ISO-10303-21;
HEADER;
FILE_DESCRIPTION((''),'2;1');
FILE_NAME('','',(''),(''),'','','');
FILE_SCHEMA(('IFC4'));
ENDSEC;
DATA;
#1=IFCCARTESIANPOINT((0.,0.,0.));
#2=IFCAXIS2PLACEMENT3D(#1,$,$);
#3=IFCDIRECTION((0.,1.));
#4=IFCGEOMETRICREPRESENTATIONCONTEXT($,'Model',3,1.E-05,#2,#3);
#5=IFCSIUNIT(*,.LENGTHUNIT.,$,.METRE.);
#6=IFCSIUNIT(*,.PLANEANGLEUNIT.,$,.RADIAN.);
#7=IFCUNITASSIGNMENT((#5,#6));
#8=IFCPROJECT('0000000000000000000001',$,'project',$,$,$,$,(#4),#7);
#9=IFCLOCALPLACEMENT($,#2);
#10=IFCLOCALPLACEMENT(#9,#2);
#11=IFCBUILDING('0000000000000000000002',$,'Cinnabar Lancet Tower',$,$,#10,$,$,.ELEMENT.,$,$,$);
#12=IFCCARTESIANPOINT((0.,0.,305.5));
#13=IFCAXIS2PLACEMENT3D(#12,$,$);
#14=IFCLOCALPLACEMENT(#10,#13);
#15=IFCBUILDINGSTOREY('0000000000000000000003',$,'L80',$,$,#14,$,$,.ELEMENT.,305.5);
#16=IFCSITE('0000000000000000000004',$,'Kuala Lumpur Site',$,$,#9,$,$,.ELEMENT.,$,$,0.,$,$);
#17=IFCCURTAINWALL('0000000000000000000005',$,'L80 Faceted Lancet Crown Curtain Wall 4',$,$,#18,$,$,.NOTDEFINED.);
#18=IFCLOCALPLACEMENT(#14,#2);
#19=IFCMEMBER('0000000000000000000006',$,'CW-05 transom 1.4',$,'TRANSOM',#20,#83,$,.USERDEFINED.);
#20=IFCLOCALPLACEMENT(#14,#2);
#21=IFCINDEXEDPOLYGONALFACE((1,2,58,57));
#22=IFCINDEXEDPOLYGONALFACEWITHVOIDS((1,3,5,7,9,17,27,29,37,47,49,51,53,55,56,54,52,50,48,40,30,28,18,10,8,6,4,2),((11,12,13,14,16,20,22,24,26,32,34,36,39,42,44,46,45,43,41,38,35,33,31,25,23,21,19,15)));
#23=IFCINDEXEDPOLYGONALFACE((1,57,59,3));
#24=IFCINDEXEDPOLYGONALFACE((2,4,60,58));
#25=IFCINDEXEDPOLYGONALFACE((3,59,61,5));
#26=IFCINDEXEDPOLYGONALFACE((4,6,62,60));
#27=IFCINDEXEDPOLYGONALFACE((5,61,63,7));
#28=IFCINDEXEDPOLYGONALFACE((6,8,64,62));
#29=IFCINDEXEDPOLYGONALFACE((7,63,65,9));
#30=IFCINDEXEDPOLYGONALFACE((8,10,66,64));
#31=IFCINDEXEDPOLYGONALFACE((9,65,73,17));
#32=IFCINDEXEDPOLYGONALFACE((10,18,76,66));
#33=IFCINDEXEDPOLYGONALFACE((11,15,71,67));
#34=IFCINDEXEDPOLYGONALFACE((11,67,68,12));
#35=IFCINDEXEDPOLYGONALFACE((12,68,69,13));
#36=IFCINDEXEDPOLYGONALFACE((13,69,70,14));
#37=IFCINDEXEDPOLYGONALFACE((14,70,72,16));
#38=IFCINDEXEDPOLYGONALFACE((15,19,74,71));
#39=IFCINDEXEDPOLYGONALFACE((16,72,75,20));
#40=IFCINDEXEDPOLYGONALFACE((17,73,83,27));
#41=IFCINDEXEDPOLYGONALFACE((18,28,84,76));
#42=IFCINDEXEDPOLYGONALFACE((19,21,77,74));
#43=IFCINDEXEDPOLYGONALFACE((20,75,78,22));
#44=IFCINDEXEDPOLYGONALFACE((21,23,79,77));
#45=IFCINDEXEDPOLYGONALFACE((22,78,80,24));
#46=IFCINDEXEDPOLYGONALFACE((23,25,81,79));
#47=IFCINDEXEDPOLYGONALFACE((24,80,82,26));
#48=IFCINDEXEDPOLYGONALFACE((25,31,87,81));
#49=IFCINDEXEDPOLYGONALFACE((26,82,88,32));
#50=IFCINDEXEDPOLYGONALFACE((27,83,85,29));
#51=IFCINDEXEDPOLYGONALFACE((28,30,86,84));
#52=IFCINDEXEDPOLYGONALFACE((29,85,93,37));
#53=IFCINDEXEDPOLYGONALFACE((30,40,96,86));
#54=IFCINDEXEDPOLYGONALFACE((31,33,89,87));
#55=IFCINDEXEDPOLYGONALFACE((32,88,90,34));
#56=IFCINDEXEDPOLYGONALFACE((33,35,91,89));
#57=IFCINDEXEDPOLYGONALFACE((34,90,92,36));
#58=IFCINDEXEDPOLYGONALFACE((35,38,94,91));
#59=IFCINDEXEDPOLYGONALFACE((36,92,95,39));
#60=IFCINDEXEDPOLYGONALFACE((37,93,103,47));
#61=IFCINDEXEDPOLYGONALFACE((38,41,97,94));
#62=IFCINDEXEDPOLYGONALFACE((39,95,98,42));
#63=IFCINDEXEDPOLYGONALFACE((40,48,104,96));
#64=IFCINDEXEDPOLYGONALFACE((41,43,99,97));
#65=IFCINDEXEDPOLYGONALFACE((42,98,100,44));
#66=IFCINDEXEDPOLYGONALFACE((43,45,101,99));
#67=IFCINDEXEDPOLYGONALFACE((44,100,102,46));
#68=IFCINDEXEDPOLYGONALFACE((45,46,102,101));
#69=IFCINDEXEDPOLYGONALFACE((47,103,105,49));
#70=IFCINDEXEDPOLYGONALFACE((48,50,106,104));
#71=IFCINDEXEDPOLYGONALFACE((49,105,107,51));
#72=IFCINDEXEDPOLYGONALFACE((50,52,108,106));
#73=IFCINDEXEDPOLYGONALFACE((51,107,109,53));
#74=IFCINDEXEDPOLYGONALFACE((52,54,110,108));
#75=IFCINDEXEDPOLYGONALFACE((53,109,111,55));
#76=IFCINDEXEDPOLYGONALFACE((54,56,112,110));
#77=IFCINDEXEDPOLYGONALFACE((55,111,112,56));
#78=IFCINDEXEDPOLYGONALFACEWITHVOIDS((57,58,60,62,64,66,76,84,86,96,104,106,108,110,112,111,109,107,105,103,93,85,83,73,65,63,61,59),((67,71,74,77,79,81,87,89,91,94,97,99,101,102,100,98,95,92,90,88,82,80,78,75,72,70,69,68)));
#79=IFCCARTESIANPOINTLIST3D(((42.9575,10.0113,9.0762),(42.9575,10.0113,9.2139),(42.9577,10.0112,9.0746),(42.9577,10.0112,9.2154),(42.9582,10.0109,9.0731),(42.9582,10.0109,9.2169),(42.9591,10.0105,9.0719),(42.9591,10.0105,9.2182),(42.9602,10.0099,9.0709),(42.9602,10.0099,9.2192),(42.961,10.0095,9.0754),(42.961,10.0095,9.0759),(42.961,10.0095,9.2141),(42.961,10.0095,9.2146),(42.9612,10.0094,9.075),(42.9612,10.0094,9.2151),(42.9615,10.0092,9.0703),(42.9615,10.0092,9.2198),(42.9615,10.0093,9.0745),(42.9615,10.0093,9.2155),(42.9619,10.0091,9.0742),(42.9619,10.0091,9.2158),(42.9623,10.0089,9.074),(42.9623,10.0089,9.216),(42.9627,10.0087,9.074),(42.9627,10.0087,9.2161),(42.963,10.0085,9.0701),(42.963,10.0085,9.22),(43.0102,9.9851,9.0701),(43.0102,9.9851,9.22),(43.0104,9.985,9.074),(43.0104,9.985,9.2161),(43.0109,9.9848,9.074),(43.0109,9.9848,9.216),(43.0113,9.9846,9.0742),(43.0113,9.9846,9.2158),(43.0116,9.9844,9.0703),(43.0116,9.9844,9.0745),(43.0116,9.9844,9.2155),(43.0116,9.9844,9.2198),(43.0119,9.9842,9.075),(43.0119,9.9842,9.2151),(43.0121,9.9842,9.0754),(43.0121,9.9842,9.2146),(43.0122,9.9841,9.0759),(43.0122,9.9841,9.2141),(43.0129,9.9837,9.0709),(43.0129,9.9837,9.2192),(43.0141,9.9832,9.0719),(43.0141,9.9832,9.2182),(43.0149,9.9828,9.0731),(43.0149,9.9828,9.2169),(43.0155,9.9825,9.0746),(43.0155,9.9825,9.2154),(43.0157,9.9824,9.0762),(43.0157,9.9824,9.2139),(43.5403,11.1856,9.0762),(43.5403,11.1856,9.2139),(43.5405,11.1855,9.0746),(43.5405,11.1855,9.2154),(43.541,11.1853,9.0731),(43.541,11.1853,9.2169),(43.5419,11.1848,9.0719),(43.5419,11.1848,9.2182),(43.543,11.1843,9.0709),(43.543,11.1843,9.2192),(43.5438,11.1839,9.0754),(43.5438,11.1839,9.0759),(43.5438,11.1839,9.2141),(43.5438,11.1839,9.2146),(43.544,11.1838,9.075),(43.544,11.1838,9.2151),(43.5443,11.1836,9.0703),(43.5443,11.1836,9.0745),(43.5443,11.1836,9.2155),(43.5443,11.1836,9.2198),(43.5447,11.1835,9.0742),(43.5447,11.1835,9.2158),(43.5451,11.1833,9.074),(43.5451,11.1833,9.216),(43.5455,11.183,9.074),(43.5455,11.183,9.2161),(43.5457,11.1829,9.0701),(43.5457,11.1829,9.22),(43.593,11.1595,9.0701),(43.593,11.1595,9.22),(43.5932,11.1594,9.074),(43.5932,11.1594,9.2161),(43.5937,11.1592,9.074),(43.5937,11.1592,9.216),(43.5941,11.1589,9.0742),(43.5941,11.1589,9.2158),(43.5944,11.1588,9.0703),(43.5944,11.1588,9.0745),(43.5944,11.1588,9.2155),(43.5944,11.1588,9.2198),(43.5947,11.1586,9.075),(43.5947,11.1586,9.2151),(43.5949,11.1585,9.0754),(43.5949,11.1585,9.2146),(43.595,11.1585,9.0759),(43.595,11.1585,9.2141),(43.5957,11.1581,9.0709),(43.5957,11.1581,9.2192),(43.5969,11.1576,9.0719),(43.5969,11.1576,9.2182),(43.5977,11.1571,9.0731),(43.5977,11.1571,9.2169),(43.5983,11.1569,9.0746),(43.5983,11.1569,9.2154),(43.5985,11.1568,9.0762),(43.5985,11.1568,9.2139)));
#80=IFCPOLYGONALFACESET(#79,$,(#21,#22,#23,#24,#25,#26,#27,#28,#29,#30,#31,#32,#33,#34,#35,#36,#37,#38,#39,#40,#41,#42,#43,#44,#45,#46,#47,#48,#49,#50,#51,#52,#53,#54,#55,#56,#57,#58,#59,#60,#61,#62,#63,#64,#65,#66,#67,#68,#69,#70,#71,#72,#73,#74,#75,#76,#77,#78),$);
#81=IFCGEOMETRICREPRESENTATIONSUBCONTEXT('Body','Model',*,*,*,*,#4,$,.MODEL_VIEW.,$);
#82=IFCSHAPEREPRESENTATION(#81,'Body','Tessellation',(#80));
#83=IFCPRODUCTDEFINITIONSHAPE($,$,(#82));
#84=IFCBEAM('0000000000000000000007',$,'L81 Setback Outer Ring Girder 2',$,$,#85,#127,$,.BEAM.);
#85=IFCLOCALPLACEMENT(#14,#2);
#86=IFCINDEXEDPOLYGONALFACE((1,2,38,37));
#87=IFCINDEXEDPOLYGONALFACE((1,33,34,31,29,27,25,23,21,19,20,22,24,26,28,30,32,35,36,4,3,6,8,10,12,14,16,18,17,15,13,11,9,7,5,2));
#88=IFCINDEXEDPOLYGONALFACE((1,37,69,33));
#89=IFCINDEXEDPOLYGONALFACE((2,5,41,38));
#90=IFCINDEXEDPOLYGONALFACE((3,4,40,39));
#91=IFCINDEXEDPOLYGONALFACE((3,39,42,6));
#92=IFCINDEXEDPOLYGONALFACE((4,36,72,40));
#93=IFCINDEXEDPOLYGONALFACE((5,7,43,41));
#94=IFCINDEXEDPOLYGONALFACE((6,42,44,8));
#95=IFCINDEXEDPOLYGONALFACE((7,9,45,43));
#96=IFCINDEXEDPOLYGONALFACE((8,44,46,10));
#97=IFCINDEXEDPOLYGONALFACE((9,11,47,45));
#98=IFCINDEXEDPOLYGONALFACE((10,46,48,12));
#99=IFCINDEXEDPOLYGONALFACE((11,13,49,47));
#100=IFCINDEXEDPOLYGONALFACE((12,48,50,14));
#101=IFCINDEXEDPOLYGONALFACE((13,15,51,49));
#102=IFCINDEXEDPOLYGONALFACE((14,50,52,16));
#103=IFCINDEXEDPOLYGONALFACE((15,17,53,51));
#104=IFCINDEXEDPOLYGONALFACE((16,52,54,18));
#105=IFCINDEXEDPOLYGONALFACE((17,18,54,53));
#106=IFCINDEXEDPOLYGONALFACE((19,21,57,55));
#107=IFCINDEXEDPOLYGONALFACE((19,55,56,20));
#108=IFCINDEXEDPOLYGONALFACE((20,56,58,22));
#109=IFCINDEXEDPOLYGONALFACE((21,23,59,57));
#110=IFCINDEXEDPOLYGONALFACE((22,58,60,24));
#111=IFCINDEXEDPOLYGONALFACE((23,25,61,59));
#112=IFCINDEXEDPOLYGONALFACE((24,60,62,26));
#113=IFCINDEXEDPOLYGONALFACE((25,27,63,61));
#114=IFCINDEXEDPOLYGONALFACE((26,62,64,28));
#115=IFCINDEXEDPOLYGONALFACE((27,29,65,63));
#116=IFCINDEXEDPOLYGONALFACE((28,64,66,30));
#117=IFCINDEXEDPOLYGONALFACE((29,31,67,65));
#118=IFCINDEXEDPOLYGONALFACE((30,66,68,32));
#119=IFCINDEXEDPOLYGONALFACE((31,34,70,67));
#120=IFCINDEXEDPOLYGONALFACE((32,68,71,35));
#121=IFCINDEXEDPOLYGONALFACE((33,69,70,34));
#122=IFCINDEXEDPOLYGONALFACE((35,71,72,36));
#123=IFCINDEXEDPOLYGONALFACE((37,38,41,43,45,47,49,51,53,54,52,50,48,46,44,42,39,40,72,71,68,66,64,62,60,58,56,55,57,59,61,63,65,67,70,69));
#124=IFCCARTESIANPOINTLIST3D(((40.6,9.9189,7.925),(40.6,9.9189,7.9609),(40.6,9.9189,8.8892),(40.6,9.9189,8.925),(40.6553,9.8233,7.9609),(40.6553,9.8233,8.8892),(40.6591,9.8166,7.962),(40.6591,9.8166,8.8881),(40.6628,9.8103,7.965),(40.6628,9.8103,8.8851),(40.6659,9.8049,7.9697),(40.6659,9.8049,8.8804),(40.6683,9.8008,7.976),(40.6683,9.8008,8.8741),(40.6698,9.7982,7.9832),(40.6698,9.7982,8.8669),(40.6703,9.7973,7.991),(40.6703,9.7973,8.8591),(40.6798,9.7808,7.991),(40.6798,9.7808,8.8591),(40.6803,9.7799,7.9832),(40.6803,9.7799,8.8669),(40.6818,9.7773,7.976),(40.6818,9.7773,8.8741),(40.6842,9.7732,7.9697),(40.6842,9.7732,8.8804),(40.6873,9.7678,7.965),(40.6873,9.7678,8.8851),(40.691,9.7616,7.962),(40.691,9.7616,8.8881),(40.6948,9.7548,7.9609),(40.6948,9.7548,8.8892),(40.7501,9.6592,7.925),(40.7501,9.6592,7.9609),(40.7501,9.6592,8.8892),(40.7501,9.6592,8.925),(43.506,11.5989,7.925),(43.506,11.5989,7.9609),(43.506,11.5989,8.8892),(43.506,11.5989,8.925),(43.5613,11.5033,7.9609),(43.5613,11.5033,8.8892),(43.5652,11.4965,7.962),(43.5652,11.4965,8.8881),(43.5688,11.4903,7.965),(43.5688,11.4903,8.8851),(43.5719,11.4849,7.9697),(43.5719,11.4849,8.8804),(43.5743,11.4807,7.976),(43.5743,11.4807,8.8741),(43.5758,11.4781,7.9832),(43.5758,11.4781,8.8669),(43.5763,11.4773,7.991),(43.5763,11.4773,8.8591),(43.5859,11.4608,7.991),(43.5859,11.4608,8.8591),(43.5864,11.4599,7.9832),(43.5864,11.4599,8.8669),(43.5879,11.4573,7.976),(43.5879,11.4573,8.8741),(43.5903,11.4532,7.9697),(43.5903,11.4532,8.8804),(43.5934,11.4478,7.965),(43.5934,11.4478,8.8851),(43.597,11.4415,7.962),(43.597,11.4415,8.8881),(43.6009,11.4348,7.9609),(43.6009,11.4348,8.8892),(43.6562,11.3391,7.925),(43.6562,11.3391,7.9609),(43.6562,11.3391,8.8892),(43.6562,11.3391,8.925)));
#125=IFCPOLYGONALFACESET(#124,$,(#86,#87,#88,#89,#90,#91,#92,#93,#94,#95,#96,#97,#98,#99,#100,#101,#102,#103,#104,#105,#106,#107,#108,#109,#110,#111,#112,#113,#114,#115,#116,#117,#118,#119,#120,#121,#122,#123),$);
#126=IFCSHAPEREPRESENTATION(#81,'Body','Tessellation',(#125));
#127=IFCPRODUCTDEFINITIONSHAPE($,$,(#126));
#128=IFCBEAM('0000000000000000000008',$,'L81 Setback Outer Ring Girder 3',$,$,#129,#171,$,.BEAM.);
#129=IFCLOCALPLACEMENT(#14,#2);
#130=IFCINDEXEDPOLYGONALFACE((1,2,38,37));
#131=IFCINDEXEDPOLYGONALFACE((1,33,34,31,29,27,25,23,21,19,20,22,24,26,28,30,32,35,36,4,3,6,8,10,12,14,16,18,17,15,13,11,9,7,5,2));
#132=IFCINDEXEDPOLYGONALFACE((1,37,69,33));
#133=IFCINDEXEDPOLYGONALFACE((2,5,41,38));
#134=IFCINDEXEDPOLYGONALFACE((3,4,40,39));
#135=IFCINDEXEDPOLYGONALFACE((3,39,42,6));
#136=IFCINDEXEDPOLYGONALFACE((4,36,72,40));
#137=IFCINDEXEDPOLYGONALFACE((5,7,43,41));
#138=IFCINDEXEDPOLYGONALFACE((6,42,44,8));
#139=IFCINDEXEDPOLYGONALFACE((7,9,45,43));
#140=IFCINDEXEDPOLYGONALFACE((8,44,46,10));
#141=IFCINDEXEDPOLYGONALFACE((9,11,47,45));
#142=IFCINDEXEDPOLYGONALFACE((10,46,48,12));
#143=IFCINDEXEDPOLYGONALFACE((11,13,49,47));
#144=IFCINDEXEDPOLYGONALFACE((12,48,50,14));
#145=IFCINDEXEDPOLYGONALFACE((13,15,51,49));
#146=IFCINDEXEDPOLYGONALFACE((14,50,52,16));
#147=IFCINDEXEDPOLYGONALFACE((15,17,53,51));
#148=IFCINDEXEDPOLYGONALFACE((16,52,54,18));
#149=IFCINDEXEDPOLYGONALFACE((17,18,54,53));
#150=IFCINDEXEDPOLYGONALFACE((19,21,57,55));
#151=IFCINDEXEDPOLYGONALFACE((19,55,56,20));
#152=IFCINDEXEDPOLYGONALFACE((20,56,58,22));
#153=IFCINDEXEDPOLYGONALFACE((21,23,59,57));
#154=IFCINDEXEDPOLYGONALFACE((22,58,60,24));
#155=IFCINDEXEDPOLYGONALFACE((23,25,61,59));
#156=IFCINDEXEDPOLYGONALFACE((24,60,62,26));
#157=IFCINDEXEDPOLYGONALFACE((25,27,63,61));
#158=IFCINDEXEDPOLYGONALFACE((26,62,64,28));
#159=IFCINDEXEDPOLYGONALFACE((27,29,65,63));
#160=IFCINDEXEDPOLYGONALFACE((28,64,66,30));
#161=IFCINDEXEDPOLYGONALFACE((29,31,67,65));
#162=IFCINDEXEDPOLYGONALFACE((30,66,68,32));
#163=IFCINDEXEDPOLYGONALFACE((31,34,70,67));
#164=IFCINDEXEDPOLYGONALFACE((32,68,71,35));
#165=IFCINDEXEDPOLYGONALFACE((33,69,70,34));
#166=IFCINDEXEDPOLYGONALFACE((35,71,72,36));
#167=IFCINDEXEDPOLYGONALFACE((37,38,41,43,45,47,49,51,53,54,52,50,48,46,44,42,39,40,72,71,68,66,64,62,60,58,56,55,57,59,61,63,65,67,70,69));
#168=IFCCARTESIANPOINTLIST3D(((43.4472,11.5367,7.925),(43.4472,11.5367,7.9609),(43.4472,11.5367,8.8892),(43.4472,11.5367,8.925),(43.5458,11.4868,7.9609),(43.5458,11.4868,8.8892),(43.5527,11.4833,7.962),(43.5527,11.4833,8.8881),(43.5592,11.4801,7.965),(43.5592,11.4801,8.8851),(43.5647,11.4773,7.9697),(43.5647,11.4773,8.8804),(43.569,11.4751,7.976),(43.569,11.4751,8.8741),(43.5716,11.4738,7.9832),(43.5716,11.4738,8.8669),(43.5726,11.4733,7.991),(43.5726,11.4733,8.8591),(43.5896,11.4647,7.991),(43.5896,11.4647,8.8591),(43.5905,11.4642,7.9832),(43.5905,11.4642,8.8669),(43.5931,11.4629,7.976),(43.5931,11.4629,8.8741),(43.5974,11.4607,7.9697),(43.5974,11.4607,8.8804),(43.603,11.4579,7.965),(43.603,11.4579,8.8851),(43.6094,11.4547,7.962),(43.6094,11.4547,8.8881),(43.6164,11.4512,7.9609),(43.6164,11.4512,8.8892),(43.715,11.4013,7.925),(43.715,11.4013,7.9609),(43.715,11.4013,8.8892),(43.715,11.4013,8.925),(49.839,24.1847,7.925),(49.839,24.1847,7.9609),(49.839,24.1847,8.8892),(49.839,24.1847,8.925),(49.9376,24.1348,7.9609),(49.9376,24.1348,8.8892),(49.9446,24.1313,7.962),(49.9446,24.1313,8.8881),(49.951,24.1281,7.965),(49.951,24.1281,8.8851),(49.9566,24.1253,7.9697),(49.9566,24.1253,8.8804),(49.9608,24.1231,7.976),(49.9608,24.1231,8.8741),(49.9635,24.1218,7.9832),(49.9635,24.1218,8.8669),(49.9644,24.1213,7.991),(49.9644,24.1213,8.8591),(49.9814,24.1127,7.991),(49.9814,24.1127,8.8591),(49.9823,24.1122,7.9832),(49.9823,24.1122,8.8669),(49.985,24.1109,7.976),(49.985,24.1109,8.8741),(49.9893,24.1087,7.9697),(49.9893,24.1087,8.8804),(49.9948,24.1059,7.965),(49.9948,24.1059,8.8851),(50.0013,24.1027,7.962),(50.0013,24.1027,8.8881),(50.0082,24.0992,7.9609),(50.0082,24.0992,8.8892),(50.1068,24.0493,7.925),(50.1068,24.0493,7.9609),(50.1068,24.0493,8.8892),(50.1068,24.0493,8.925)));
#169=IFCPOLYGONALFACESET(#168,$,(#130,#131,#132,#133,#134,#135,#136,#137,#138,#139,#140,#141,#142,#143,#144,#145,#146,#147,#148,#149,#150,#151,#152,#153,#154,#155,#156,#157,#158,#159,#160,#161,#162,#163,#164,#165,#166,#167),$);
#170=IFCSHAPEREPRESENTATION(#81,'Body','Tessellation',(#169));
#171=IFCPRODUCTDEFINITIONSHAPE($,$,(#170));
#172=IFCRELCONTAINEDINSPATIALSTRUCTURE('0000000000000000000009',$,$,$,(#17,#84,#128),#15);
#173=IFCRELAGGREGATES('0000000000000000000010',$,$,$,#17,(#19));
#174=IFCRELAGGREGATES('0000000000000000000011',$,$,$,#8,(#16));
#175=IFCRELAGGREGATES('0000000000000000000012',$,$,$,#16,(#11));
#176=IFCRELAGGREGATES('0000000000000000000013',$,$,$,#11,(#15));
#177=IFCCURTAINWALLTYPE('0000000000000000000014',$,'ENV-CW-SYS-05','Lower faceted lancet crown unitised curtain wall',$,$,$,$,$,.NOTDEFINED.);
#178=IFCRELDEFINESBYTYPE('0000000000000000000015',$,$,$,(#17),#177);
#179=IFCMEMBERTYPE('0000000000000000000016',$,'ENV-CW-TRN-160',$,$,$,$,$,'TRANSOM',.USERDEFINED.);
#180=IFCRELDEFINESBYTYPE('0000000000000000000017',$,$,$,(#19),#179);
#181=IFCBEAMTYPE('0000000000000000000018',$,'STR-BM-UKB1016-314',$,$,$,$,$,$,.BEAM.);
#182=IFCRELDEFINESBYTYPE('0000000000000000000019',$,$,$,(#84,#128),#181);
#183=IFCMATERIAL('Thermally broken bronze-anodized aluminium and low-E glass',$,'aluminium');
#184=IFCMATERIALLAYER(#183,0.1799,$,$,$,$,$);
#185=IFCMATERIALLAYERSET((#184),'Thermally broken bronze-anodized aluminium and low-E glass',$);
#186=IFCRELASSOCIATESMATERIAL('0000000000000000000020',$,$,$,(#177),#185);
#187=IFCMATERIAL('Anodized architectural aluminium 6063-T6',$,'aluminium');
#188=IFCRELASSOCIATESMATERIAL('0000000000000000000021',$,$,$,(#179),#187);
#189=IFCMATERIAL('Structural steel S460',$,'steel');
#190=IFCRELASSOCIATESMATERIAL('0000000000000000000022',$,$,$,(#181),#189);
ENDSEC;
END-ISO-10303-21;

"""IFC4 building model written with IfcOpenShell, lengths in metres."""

from ifc_helpers import new_model, si_unit, direction, frame, origin, origin_2d, place, context, subcontext, project, spatial, hollow_rectangle, i_section, extrude, material, layer, layer_set, material_profile, profile_set, type_object, element, aggregate, save


model = new_model("IFC4")

# Units and contexts
model_context = context("Model", 3, precision=1e-05, world=origin(), true_north=direction((0.0, 1.0)))
body_context = subcontext(model_context, "Body", "Model", "MODEL_VIEW")
ifc_project = project(units=[si_unit("LENGTHUNIT", "METRE"), si_unit("PLANEANGLEUNIT", "RADIAN")], contexts=[model_context])

# Site, building, storey
site_placement = place(None, origin())
site = spatial("IfcSite", under=ifc_project, at=site_placement, Name="Kuala Lumpur Site", CompositionType="ELEMENT", RefElevation=0.0)
building_placement = place(site_placement, origin())
building = spatial("IfcBuilding", under=site, at=building_placement, Name="Cinnabar Lancet Tower", CompositionType="ELEMENT")
storey_placement = place(building_placement, frame((0.0, 0.0, 305.5)))
storey = spatial("IfcBuildingStorey", under=building, at=storey_placement, Name="L80", CompositionType="ELEMENT", Elevation=305.5)

# Shared definitions
ifc_material_1 = material(Name="Thermally broken bronze-anodized aluminium and low-E glass", Category="aluminium")
ifc_layer_1 = layer(ifc_material_1, 0.1799)
ifc_layer_set_1 = layer_set([ifc_layer_1], Name="Thermally broken bronze-anodized aluminium and low-E glass")
curtain_wall_type = type_object("IfcCurtainWallType", Name="ENV-CW-SYS-05", Description="Lower faceted lancet crown unitised curtain wall", PredefinedType="NOTDEFINED", material=ifc_layer_set_1)

# Curtain wall
curtain_wall_1_placement = place(storey_placement, origin())
curtain_wall_1 = element("IfcCurtainWall", 1, at=curtain_wall_1_placement, inside=storey, type_object=curtain_wall_type, Name="L80 Faceted Lancet Crown Curtain Wall 4", PredefinedType="NOTDEFINED")

# Member
ifc_material_2 = material(Name="Anodized architectural aluminium 6063-T6", Category="aluminium")
ifc_material_profile_1 = material_profile(ifc_material_2, hollow_rectangle(XDim=0.0649, YDim=0.1499, WallThickness=0.0039, InnerFilletRadius=0.002, OuterFilletRadius=0.0061, at=origin_2d()), Name="CW-TRN 150x65x4")
ifc_profile_set_1 = profile_set([ifc_material_profile_1], Name="Anodized architectural aluminium 6063-T6")
member_type_1 = type_object("IfcMemberType", Name="ENV-CW-TRN-160", ElementType="TRANSOM", PredefinedType="USERDEFINED", material=ifc_profile_set_1)
member_1_placement = place(storey_placement, frame((42.9866, 9.9968, 9.145), z_axis=(0.44453, 0.895764, 0.0), x_axis=(-0.895764, 0.44453, 0.0)))
member_1 = element("IfcMember", 2, at=member_1_placement, type_object=member_type_1, Name="CW-05 transom 1.4", ObjectType="TRANSOM", PredefinedType="USERDEFINED", context=body_context, shape_type="SweptSolid", body=[
    extrude(hollow_rectangle(XDim=0.0649, YDim=0.1499, WallThickness=0.0039, InnerFilletRadius=0.002, OuterFilletRadius=0.0061, at=origin_2d()), origin(), (0.0, 0.0, 1.0), 1.311),
])

# Beams
ifc_material_3 = material(Name="Structural steel S460", Category="steel")
ifc_material_profile_2 = material_profile(ifc_material_3, i_section(OverallWidth=0.3, OverallDepth=1.0, WebThickness=0.019, FlangeThickness=0.0359, FilletRadius=0.03, at=origin_2d()), Name="UKB 1016x305x314")
ifc_profile_set_2 = profile_set([ifc_material_profile_2], Name="Structural steel S460")
beam_type = type_object("IfcBeamType", Name="STR-BM-UKB1016-314", PredefinedType="BEAM", material=ifc_profile_set_2)
beam_1_placement = place(storey_placement, frame((40.675, 9.7891, 8.425), z_axis=(0.865748, 0.50048, 0.0), x_axis=(-0.50048, 0.865748, 0.0)))
element("IfcBeam", 3, at=beam_1_placement, inside=storey, type_object=beam_type, Name="L81 Setback Outer Ring Girder 2", PredefinedType="BEAM", context=body_context, shape_type="SweptSolid", body=[
    extrude(i_section(OverallWidth=0.3, OverallDepth=1.0, WebThickness=0.019, FlangeThickness=0.0359, FilletRadius=0.03, at=origin_2d()), origin(), (0.0, 0.0, 1.0), 3.3567),
])
beam_2_placement = place(storey_placement, frame((43.5811, 11.469, 8.425), z_axis=(0.451041, 0.892503, 0.0), x_axis=(-0.892503, 0.451041, 0.0)))
element("IfcBeam", 4, at=beam_2_placement, inside=storey, type_object=beam_type, Name="L81 Setback Outer Ring Girder 3", PredefinedType="BEAM", context=body_context, shape_type="SweptSolid", body=[
    extrude(i_section(OverallWidth=0.3, OverallDepth=1.0, WebThickness=0.019, FlangeThickness=0.0359, FilletRadius=0.03, at=origin_2d()), origin(), (0.0, 0.0, 1.0), 14.1714),
])

aggregate(curtain_wall_1, [member_1])

save(model, "model.ifc")
